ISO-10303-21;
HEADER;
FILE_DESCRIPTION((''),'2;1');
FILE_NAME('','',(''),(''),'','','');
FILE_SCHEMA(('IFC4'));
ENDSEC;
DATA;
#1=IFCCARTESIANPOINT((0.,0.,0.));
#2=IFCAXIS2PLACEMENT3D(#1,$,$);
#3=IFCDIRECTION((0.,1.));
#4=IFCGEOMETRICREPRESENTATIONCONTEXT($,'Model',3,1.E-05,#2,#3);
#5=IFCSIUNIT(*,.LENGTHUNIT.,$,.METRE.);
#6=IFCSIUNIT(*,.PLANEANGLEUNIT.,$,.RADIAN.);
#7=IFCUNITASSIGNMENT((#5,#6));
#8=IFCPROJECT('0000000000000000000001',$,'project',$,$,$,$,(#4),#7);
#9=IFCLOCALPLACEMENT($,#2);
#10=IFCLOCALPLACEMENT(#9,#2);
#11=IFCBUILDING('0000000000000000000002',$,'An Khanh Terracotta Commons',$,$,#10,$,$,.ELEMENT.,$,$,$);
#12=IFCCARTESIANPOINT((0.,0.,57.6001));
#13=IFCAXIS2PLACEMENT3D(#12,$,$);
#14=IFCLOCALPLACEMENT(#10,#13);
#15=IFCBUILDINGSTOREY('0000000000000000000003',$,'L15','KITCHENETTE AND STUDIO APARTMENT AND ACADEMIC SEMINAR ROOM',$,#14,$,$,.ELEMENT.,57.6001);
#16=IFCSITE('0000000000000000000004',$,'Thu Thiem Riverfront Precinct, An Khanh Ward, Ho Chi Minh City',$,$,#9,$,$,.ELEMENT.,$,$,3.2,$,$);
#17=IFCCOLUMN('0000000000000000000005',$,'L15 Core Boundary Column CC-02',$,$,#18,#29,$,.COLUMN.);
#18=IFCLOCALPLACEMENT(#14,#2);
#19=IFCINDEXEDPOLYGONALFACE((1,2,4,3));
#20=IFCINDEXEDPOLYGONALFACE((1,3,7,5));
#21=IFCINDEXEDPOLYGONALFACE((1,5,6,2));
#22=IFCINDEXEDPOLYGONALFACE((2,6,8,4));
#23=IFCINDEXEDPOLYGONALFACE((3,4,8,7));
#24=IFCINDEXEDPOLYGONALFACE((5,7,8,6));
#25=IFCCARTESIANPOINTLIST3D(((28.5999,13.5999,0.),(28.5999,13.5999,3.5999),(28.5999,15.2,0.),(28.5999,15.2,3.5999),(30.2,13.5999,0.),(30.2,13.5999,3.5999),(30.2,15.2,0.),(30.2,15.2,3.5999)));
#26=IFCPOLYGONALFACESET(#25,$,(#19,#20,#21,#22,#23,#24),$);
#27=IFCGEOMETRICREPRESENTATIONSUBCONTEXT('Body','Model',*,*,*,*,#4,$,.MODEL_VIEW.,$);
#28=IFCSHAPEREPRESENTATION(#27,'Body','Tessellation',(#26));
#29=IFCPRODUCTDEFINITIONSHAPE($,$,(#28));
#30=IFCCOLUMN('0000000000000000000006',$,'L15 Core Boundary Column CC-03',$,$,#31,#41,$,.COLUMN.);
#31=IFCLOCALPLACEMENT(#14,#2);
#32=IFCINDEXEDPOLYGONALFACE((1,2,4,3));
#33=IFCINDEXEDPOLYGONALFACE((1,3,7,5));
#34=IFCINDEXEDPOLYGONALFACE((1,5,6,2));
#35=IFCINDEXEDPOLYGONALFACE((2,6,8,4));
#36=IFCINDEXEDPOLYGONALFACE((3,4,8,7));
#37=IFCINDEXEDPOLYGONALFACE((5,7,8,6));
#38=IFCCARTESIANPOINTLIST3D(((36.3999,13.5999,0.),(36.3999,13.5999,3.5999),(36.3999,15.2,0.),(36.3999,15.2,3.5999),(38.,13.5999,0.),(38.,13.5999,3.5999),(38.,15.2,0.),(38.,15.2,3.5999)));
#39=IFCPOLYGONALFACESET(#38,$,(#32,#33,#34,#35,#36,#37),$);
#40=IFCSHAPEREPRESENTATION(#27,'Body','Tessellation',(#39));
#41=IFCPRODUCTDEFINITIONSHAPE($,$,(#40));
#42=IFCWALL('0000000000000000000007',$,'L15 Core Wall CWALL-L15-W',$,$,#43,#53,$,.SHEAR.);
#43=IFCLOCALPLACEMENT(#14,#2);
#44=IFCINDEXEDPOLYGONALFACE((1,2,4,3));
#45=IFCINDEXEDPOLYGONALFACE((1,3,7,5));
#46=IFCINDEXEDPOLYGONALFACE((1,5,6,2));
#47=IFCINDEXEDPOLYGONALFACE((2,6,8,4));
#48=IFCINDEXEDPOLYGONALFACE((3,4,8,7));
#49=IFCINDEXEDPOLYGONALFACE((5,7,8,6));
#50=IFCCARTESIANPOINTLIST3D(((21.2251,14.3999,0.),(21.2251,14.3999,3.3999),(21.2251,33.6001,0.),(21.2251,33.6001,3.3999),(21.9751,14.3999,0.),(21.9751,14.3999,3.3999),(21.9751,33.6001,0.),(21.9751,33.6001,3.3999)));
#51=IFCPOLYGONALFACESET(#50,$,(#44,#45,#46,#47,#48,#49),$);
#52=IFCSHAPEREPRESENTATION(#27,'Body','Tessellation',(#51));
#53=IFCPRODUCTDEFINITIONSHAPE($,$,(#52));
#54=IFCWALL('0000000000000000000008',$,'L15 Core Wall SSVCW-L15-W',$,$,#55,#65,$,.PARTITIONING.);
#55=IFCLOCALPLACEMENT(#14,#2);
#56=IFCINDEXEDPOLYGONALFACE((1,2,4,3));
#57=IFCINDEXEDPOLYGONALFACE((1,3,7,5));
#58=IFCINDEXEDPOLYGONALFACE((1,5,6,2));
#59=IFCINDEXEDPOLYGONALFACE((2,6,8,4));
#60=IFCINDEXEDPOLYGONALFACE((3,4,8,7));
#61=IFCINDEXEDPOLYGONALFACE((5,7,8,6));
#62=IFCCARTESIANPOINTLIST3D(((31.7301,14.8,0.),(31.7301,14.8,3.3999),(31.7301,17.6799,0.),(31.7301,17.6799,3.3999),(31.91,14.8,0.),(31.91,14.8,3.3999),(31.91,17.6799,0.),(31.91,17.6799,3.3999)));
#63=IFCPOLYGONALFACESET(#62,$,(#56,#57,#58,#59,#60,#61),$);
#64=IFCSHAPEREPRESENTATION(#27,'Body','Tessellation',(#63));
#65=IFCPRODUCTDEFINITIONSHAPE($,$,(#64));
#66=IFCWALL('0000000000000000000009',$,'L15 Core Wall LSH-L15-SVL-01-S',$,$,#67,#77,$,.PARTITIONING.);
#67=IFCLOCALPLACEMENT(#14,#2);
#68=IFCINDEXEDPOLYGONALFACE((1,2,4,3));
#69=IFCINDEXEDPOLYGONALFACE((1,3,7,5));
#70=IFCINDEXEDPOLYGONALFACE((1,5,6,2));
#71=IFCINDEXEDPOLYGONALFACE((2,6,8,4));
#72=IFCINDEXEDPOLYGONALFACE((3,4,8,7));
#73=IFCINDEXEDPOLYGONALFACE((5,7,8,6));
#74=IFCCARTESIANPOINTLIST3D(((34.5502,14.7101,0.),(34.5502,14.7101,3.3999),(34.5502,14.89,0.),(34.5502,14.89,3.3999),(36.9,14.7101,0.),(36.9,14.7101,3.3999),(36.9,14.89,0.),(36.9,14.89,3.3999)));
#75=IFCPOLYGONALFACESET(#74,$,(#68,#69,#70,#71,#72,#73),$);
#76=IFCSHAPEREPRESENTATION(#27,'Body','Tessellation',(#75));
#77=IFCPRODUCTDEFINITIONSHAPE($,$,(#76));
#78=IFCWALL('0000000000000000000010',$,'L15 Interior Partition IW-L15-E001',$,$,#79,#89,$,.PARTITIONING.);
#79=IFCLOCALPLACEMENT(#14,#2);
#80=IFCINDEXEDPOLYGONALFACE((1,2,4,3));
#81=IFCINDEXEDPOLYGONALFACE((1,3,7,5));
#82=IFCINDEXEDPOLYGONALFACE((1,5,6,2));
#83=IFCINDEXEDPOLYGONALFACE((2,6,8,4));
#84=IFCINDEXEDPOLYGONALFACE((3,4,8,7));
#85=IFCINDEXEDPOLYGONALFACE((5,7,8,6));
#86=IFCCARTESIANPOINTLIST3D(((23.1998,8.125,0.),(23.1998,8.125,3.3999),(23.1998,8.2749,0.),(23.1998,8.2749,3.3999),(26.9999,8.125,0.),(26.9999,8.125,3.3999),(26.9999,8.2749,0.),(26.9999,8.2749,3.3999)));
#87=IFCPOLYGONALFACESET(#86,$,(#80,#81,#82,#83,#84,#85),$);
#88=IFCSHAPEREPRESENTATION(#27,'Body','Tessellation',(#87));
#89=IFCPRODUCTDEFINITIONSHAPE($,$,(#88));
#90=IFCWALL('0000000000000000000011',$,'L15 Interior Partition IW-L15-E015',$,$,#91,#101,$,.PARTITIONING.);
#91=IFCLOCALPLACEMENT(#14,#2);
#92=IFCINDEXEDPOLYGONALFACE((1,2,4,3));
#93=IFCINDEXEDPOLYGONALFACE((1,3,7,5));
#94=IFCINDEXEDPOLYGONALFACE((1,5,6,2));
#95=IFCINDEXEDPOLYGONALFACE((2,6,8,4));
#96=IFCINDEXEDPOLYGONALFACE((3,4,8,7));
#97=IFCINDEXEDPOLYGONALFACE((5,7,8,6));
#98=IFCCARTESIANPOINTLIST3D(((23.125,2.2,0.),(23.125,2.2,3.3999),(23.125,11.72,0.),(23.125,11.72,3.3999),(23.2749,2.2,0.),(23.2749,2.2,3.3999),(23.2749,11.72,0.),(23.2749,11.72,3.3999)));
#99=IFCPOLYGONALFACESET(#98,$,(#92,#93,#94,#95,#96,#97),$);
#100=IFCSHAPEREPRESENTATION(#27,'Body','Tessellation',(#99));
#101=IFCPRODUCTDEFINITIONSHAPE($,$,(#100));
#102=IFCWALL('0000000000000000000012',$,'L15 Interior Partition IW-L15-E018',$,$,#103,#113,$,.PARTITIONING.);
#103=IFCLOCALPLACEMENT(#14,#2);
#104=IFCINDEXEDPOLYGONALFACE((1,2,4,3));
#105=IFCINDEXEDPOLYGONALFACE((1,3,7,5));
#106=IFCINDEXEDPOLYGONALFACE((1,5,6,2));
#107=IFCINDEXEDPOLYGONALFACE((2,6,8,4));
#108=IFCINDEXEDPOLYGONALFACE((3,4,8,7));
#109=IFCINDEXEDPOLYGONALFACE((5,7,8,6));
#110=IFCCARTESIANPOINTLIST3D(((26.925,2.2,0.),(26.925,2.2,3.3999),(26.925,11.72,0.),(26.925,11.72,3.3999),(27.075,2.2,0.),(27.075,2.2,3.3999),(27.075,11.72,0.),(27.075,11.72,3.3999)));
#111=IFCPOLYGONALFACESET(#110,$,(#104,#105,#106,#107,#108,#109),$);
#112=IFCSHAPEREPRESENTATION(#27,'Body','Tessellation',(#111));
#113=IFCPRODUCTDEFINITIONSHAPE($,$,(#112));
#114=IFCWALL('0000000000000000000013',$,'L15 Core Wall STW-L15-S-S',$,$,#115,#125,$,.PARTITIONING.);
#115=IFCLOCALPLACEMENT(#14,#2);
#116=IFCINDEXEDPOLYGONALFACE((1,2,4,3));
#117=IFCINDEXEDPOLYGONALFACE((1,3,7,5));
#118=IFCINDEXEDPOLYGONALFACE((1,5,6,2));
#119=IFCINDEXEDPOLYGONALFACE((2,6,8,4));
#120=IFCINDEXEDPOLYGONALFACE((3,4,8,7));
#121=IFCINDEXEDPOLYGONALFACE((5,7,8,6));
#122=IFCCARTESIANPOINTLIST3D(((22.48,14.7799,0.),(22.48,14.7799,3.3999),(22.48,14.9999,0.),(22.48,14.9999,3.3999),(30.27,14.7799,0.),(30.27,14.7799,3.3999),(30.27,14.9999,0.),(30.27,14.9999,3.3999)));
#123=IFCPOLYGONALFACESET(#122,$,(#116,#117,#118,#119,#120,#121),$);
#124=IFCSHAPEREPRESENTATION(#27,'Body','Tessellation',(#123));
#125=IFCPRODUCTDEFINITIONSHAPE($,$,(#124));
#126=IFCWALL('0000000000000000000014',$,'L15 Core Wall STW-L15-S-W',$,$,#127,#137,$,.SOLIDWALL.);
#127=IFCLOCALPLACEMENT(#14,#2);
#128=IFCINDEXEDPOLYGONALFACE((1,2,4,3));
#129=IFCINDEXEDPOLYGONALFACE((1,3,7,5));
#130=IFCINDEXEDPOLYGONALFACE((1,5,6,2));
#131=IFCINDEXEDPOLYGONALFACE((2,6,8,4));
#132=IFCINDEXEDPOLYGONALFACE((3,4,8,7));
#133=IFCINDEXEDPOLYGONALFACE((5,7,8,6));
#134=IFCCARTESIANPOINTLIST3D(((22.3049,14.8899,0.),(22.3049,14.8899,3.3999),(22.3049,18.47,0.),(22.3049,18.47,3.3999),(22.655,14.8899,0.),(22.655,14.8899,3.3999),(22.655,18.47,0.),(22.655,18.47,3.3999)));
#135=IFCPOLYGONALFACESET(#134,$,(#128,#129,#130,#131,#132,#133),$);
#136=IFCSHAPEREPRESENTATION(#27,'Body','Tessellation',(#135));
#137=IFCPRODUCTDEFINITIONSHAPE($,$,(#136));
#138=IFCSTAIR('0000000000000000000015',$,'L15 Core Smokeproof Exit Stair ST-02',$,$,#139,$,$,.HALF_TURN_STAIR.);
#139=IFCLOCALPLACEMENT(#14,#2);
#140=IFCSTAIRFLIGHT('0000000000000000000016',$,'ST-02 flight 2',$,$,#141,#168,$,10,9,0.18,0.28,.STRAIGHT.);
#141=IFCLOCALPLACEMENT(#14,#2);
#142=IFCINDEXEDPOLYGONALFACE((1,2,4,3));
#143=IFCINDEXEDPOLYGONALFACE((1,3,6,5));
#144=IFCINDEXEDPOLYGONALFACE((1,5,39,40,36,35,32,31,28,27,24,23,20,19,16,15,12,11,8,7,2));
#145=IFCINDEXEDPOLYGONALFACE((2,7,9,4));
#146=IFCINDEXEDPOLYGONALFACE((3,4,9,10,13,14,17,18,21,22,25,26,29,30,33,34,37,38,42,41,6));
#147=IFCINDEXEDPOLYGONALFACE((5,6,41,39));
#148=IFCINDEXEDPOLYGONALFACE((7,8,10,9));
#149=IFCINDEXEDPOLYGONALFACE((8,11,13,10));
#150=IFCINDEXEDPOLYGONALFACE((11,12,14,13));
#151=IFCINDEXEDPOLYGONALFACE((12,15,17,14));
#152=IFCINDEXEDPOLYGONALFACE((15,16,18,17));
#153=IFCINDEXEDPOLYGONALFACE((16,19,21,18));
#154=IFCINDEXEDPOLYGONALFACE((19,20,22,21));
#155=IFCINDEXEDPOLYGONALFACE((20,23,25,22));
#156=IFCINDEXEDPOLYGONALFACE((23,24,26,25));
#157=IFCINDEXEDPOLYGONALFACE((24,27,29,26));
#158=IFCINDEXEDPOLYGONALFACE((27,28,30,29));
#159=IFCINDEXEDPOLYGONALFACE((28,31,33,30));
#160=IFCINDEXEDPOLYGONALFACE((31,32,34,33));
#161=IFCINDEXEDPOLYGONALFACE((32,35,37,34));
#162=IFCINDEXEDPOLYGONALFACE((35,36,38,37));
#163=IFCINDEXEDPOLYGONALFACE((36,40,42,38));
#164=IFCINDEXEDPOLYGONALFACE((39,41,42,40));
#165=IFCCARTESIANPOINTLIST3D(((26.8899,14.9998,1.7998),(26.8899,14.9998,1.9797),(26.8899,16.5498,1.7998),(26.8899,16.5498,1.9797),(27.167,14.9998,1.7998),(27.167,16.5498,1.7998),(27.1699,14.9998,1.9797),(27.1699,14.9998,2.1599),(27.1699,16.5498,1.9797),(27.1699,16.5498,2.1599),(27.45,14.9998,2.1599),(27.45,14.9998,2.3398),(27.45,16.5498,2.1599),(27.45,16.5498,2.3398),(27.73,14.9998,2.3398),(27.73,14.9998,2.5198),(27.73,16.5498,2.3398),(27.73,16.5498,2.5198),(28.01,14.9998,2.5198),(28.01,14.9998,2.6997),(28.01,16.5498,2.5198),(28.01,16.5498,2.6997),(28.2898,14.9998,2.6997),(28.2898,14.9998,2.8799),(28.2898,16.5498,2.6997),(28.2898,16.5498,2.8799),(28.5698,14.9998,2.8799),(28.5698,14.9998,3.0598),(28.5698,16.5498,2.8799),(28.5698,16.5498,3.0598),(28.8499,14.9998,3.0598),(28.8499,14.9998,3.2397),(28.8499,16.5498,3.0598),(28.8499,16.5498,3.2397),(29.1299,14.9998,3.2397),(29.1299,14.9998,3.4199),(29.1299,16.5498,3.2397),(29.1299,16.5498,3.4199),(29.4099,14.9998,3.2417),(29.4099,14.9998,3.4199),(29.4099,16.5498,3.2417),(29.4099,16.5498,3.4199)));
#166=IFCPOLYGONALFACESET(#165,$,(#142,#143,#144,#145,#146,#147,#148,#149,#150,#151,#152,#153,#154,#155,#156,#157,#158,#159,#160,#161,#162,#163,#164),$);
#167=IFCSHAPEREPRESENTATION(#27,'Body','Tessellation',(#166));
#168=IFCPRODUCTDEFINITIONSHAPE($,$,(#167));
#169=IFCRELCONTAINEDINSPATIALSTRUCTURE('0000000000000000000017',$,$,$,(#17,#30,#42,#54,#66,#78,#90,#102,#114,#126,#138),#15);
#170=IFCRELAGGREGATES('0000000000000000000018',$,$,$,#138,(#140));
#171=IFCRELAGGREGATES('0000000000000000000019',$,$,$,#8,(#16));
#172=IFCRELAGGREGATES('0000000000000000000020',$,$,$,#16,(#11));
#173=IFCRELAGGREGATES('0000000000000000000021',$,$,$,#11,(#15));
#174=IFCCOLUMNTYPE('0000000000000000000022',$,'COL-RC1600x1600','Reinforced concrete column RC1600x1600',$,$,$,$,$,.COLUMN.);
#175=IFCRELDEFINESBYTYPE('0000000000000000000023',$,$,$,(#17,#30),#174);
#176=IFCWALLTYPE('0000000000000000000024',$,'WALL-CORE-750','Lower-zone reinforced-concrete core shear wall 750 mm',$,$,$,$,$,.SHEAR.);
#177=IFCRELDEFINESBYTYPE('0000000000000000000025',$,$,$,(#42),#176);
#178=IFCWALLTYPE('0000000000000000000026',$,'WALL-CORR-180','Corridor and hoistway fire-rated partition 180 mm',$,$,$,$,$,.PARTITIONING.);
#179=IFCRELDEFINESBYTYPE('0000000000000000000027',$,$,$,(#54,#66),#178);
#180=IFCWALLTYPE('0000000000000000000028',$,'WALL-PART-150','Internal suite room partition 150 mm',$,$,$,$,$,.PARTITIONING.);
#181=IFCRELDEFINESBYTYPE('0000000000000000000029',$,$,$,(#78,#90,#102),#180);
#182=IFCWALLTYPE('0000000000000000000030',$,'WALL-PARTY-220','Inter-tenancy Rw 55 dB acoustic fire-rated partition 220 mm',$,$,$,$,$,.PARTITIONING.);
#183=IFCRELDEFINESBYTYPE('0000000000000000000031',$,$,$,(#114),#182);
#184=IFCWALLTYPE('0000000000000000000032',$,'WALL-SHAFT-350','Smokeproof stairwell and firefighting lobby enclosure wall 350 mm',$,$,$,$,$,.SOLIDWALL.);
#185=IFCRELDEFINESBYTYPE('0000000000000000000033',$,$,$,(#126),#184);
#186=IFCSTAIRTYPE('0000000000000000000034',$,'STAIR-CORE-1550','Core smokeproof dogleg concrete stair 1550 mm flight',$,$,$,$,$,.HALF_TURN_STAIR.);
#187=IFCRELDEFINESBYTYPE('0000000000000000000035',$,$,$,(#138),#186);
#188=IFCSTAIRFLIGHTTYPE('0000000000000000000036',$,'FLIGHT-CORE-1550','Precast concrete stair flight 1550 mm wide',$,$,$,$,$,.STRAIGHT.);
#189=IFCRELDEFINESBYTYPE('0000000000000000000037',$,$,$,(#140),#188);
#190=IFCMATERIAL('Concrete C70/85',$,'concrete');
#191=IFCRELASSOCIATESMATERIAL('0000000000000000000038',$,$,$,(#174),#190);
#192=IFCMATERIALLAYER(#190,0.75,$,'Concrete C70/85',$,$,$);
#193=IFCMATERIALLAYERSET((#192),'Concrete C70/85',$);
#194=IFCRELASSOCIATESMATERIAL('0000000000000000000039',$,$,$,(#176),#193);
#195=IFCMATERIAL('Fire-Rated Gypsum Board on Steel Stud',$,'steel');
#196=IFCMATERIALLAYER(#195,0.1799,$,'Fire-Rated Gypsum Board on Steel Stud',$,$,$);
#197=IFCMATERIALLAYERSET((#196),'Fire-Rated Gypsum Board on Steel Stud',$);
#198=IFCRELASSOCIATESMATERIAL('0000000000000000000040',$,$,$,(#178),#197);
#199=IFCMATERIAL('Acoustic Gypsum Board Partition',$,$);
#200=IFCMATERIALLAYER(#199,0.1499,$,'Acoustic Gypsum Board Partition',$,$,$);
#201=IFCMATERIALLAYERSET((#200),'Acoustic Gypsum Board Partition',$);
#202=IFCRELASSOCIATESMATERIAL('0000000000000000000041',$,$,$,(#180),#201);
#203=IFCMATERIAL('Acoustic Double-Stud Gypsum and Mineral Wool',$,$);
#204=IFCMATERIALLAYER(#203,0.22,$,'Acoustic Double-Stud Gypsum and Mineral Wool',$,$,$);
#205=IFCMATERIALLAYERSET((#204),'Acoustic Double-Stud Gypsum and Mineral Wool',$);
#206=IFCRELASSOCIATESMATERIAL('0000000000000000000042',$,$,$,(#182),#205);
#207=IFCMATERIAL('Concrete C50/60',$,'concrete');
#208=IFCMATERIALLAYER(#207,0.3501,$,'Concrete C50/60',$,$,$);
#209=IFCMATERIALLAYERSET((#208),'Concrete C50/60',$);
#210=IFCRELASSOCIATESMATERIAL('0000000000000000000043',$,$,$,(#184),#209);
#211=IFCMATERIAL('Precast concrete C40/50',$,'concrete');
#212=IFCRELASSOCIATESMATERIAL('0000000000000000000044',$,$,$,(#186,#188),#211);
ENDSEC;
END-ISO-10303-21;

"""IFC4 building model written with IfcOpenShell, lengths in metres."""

from ifc_helpers import new_model, si_unit, direction, frame, frame_2d, origin, origin_2d, place, context, subcontext, project, spatial, polyline, rectangle, outline, extrude, material, layer, layer_set, material_profile, profile_set, type_object, element, aggregate, save


model = new_model("IFC4")

# Units and contexts
model_context = context("Model", 3, precision=1e-05, world=origin(), true_north=direction((0.0, 1.0)))
body_context = subcontext(model_context, "Body", "Model", "MODEL_VIEW")
ifc_project = project(units=[si_unit("LENGTHUNIT", "METRE"), si_unit("PLANEANGLEUNIT", "RADIAN")], contexts=[model_context])

# Site, building, storey
site_placement = place(None, origin())
site = spatial("IfcSite", under=ifc_project, at=site_placement, Name="Thu Thiem Riverfront Precinct, An Khanh Ward, Ho Chi Minh City", CompositionType="ELEMENT", RefElevation=3.2)
building_placement = place(site_placement, origin())
building = spatial("IfcBuilding", under=site, at=building_placement, Name="An Khanh Terracotta Commons", CompositionType="ELEMENT")
storey_placement = place(building_placement, frame((0.0, 0.0, 57.6001)))
storey = spatial("IfcBuildingStorey", under=building, at=storey_placement, Name="L15", Description="KITCHENETTE AND STUDIO APARTMENT AND ACADEMIC SEMINAR ROOM", CompositionType="ELEMENT", Elevation=57.6001)

# Columns
ifc_material_1 = material(Name="Concrete C70/85", Category="concrete")
ifc_material_profile = material_profile(ifc_material_1, rectangle(XDim=1.6001, YDim=1.6001, at=origin_2d()), Name="RC1600x1600")
ifc_profile_set = profile_set([ifc_material_profile], Name="Concrete C70/85")
column_type = type_object("IfcColumnType", Name="COL-RC1600x1600", Description="Reinforced concrete column RC1600x1600", PredefinedType="COLUMN", material=ifc_profile_set)
for number, where, z_axis, x_axis, name in (
    (1, (29.3999, 14.3999, 0.0), (0.0, 0.0, 1.0), (1.0, 0.0, 0.0), "L15 Core Boundary Column CC-02"),
    (2, (37.2, 14.3999, 0.0), (0.0, 0.0, 1.0), (1.0, 0.0, 0.0), "L15 Core Boundary Column CC-03"),
):
    element("IfcColumn", number, at=place(storey_placement, frame(where, z_axis=z_axis, x_axis=x_axis)), inside=storey, type_object=column_type, Name=name, PredefinedType="COLUMN", context=body_context, shape_type="SweptSolid", body=[
        extrude(rectangle(XDim=1.6001, YDim=1.6001, at=origin_2d()), origin(), (0.0, 0.0, 1.0), 3.5999),
    ])

# Walls
ifc_layer_1 = layer(ifc_material_1, 0.75, Name="Concrete C70/85")
ifc_layer_set_1 = layer_set([ifc_layer_1], Name="Concrete C70/85")
wall_type_1 = type_object("IfcWallType", Name="WALL-CORE-750", Description="Lower-zone reinforced-concrete core shear wall 750 mm", PredefinedType="SHEAR", material=ifc_layer_set_1)
wall_1_placement = place(storey_placement, frame((21.6001, 14.3999, 0.0), z_axis=(0.0, 0.0, 1.0), x_axis=(0.0, 1.0, 0.0)))
element("IfcWall", 3, at=wall_1_placement, inside=storey, type_object=wall_type_1, Name="L15 Core Wall CWALL-L15-W", PredefinedType="SHEAR", context=body_context, shape_type="SweptSolid", body=[
    extrude(rectangle(XDim=19.2002, YDim=0.75, at=frame_2d((9.6001, 0.0))), origin(), (0.0, 0.0, 1.0), 3.3999),
])
ifc_material_2 = material(Name="Fire-Rated Gypsum Board on Steel Stud", Category="steel")
ifc_layer_2 = layer(ifc_material_2, 0.1799, Name="Fire-Rated Gypsum Board on Steel Stud")
ifc_layer_set_2 = layer_set([ifc_layer_2], Name="Fire-Rated Gypsum Board on Steel Stud")
wall_type_2 = type_object("IfcWallType", Name="WALL-CORR-180", Description="Corridor and hoistway fire-rated partition 180 mm", PredefinedType="PARTITIONING", material=ifc_layer_set_2)
wall_2_placement = place(storey_placement, frame((31.8201, 14.8, 0.0), z_axis=(0.0, 0.0, 1.0), x_axis=(0.0, 1.0, 0.0)))
element("IfcWall", 4, at=wall_2_placement, inside=storey, type_object=wall_type_2, Name="L15 Core Wall SSVCW-L15-W", PredefinedType="PARTITIONING", context=body_context, shape_type="SweptSolid", body=[
    extrude(rectangle(XDim=2.8799, YDim=0.1799, at=frame_2d((1.4399, 0.0))), origin(), (0.0, 0.0, 1.0), 3.3999),
])
wall_3_placement = place(storey_placement, frame((36.8999, 14.8, 0.0), z_axis=(0.0, 0.0, 1.0), x_axis=(-1.0, 0.0, 0.0)))
element("IfcWall", 5, at=wall_3_placement, inside=storey, type_object=wall_type_2, Name="L15 Core Wall LSH-L15-SVL-01-S", PredefinedType="PARTITIONING", context=body_context, shape_type="SweptSolid", body=[
    extrude(rectangle(XDim=2.3499, YDim=0.1799, at=frame_2d((1.1748, 0.0))), origin(), (0.0, 0.0, 1.0), 3.3999),
])
ifc_material_3 = material(Name="Acoustic Gypsum Board Partition")
ifc_layer_3 = layer(ifc_material_3, 0.1499, Name="Acoustic Gypsum Board Partition")
ifc_layer_set_3 = layer_set([ifc_layer_3], Name="Acoustic Gypsum Board Partition")
wall_type_3 = type_object("IfcWallType", Name="WALL-PART-150", Description="Internal suite room partition 150 mm", PredefinedType="PARTITIONING", material=ifc_layer_set_3)
wall_4_placement = place(storey_placement, frame((23.2, 8.2, 0.0), z_axis=(0.0, 0.0, 1.0), x_axis=(1.0, 0.0, 0.0)))
element("IfcWall", 6, at=wall_4_placement, inside=storey, type_object=wall_type_3, Name="L15 Interior Partition IW-L15-E001", PredefinedType="PARTITIONING", context=body_context, shape_type="SweptSolid", body=[
    extrude(rectangle(XDim=3.8, YDim=0.1499, at=frame_2d((1.8999, 0.0))), origin(), (0.0, 0.0, 1.0), 3.3999),
])
for number, where, z_axis, x_axis, name in (
    (7, (23.2, 2.2, 0.0), (0.0, 0.0, 1.0), (0.0, 1.0, 0.0), "L15 Interior Partition IW-L15-E015"),
    (8, (27.0, 2.2, 0.0), (0.0, 0.0, 1.0), (0.0, 1.0, 0.0), "L15 Interior Partition IW-L15-E018"),
):
    element("IfcWall", number, at=place(storey_placement, frame(where, z_axis=z_axis, x_axis=x_axis)), inside=storey, type_object=wall_type_3, Name=name, PredefinedType="PARTITIONING", context=body_context, shape_type="SweptSolid", body=[
        extrude(rectangle(XDim=9.52, YDim=0.1499, at=frame_2d((4.76, 0.0))), origin(), (0.0, 0.0, 1.0), 3.3999),
    ])
ifc_material_4 = material(Name="Acoustic Double-Stud Gypsum and Mineral Wool")
ifc_layer_4 = layer(ifc_material_4, 0.22, Name="Acoustic Double-Stud Gypsum and Mineral Wool")
ifc_layer_set_4 = layer_set([ifc_layer_4], Name="Acoustic Double-Stud Gypsum and Mineral Wool")
wall_type_4 = type_object("IfcWallType", Name="WALL-PARTY-220", Description="Inter-tenancy Rw 55 dB acoustic fire-rated partition 220 mm", PredefinedType="PARTITIONING", material=ifc_layer_set_4)
wall_5_placement = place(storey_placement, frame((22.48, 14.8899, 0.0), z_axis=(0.0, 0.0, 1.0), x_axis=(1.0, 0.0, 0.0)))
element("IfcWall", 9, at=wall_5_placement, inside=storey, type_object=wall_type_4, Name="L15 Core Wall STW-L15-S-S", PredefinedType="PARTITIONING", context=body_context, shape_type="SweptSolid", body=[
    extrude(rectangle(XDim=7.79, YDim=0.22, at=frame_2d((3.895, 0.0))), origin(), (0.0, 0.0, 1.0), 3.3999),
])
ifc_material_5 = material(Name="Concrete C50/60", Category="concrete")
ifc_layer_5 = layer(ifc_material_5, 0.3501, Name="Concrete C50/60")
ifc_layer_set_5 = layer_set([ifc_layer_5], Name="Concrete C50/60")
wall_type_5 = type_object("IfcWallType", Name="WALL-SHAFT-350", Description="Smokeproof stairwell and firefighting lobby enclosure wall 350 mm", PredefinedType="SOLIDWALL", material=ifc_layer_set_5)
wall_6_placement = place(storey_placement, frame((22.48, 14.8899, 0.0), z_axis=(0.0, 0.0, 1.0), x_axis=(0.0, 1.0, 0.0)))
element("IfcWall", 10, at=wall_6_placement, inside=storey, type_object=wall_type_5, Name="L15 Core Wall STW-L15-S-W", PredefinedType="SOLIDWALL", context=body_context, shape_type="SweptSolid", body=[
    extrude(rectangle(XDim=3.5801, YDim=0.3501, at=frame_2d((1.79, 0.0))), origin(), (0.0, 0.0, 1.0), 3.3999),
])

# Stair, stair flight
ifc_material_6 = material(Name="Precast concrete C40/50", Category="concrete")
stair_type = type_object("IfcStairType", Name="STAIR-CORE-1550", Description="Core smokeproof dogleg concrete stair 1550 mm flight", PredefinedType="HALF_TURN_STAIR", material=ifc_material_6)
stair_placement = place(storey_placement, origin())
stair = element("IfcStair", 11, at=stair_placement, inside=storey, type_object=stair_type, Name="L15 Core Smokeproof Exit Stair ST-02", PredefinedType="HALF_TURN_STAIR")
stair_flight_type = type_object("IfcStairFlightType", Name="FLIGHT-CORE-1550", Description="Precast concrete stair flight 1550 mm wide", PredefinedType="STRAIGHT", material=ifc_material_6)
stair_flight_placement = place(storey_placement, frame((26.8899, 15.7749, 1.7998), z_axis=(0.0, 0.0, 1.0), x_axis=(1.0, 0.0, 0.0)))
stair_flight = element("IfcStairFlight", 12, at=stair_flight_placement, type_object=stair_flight_type, Name="ST-02 flight 2", NumberOfRisers=10, NumberOfTreads=9, PredefinedType="STRAIGHT", RiserHeight=0.18, TreadLength=0.28, context=body_context, shape_type="SweptSolid", body=[
    extrude(outline(polyline([(0.0, 0.0), (0.0, 0.1799), (0.28, 0.1799), (0.28, 0.3601), (0.5601, 0.3601), (0.5601, 0.54), (0.8401, 0.54), (0.8401, 0.72), (1.1201, 0.72), (1.1201, 0.8999), (1.3999, 0.8999), (1.3999, 1.0801), (1.6799, 1.0801), (1.6799, 1.26), (1.96, 1.26), (1.96, 1.4399), (2.24, 1.4399), (2.24, 1.6201), (2.52, 1.6201), (2.52, 1.8), (2.52, 1.4419), (0.2771, 0.0), (0.0, 0.0)])), frame((0.0, 0.7749, 0.0), z_axis=(0.0, -1.0, 0.0), x_axis=(1.0, 0.0, 0.0)), (0.0, 0.0, 1.0), 1.55),
])
aggregate(stair, [stair_flight])

save(model, "model.ifc")
